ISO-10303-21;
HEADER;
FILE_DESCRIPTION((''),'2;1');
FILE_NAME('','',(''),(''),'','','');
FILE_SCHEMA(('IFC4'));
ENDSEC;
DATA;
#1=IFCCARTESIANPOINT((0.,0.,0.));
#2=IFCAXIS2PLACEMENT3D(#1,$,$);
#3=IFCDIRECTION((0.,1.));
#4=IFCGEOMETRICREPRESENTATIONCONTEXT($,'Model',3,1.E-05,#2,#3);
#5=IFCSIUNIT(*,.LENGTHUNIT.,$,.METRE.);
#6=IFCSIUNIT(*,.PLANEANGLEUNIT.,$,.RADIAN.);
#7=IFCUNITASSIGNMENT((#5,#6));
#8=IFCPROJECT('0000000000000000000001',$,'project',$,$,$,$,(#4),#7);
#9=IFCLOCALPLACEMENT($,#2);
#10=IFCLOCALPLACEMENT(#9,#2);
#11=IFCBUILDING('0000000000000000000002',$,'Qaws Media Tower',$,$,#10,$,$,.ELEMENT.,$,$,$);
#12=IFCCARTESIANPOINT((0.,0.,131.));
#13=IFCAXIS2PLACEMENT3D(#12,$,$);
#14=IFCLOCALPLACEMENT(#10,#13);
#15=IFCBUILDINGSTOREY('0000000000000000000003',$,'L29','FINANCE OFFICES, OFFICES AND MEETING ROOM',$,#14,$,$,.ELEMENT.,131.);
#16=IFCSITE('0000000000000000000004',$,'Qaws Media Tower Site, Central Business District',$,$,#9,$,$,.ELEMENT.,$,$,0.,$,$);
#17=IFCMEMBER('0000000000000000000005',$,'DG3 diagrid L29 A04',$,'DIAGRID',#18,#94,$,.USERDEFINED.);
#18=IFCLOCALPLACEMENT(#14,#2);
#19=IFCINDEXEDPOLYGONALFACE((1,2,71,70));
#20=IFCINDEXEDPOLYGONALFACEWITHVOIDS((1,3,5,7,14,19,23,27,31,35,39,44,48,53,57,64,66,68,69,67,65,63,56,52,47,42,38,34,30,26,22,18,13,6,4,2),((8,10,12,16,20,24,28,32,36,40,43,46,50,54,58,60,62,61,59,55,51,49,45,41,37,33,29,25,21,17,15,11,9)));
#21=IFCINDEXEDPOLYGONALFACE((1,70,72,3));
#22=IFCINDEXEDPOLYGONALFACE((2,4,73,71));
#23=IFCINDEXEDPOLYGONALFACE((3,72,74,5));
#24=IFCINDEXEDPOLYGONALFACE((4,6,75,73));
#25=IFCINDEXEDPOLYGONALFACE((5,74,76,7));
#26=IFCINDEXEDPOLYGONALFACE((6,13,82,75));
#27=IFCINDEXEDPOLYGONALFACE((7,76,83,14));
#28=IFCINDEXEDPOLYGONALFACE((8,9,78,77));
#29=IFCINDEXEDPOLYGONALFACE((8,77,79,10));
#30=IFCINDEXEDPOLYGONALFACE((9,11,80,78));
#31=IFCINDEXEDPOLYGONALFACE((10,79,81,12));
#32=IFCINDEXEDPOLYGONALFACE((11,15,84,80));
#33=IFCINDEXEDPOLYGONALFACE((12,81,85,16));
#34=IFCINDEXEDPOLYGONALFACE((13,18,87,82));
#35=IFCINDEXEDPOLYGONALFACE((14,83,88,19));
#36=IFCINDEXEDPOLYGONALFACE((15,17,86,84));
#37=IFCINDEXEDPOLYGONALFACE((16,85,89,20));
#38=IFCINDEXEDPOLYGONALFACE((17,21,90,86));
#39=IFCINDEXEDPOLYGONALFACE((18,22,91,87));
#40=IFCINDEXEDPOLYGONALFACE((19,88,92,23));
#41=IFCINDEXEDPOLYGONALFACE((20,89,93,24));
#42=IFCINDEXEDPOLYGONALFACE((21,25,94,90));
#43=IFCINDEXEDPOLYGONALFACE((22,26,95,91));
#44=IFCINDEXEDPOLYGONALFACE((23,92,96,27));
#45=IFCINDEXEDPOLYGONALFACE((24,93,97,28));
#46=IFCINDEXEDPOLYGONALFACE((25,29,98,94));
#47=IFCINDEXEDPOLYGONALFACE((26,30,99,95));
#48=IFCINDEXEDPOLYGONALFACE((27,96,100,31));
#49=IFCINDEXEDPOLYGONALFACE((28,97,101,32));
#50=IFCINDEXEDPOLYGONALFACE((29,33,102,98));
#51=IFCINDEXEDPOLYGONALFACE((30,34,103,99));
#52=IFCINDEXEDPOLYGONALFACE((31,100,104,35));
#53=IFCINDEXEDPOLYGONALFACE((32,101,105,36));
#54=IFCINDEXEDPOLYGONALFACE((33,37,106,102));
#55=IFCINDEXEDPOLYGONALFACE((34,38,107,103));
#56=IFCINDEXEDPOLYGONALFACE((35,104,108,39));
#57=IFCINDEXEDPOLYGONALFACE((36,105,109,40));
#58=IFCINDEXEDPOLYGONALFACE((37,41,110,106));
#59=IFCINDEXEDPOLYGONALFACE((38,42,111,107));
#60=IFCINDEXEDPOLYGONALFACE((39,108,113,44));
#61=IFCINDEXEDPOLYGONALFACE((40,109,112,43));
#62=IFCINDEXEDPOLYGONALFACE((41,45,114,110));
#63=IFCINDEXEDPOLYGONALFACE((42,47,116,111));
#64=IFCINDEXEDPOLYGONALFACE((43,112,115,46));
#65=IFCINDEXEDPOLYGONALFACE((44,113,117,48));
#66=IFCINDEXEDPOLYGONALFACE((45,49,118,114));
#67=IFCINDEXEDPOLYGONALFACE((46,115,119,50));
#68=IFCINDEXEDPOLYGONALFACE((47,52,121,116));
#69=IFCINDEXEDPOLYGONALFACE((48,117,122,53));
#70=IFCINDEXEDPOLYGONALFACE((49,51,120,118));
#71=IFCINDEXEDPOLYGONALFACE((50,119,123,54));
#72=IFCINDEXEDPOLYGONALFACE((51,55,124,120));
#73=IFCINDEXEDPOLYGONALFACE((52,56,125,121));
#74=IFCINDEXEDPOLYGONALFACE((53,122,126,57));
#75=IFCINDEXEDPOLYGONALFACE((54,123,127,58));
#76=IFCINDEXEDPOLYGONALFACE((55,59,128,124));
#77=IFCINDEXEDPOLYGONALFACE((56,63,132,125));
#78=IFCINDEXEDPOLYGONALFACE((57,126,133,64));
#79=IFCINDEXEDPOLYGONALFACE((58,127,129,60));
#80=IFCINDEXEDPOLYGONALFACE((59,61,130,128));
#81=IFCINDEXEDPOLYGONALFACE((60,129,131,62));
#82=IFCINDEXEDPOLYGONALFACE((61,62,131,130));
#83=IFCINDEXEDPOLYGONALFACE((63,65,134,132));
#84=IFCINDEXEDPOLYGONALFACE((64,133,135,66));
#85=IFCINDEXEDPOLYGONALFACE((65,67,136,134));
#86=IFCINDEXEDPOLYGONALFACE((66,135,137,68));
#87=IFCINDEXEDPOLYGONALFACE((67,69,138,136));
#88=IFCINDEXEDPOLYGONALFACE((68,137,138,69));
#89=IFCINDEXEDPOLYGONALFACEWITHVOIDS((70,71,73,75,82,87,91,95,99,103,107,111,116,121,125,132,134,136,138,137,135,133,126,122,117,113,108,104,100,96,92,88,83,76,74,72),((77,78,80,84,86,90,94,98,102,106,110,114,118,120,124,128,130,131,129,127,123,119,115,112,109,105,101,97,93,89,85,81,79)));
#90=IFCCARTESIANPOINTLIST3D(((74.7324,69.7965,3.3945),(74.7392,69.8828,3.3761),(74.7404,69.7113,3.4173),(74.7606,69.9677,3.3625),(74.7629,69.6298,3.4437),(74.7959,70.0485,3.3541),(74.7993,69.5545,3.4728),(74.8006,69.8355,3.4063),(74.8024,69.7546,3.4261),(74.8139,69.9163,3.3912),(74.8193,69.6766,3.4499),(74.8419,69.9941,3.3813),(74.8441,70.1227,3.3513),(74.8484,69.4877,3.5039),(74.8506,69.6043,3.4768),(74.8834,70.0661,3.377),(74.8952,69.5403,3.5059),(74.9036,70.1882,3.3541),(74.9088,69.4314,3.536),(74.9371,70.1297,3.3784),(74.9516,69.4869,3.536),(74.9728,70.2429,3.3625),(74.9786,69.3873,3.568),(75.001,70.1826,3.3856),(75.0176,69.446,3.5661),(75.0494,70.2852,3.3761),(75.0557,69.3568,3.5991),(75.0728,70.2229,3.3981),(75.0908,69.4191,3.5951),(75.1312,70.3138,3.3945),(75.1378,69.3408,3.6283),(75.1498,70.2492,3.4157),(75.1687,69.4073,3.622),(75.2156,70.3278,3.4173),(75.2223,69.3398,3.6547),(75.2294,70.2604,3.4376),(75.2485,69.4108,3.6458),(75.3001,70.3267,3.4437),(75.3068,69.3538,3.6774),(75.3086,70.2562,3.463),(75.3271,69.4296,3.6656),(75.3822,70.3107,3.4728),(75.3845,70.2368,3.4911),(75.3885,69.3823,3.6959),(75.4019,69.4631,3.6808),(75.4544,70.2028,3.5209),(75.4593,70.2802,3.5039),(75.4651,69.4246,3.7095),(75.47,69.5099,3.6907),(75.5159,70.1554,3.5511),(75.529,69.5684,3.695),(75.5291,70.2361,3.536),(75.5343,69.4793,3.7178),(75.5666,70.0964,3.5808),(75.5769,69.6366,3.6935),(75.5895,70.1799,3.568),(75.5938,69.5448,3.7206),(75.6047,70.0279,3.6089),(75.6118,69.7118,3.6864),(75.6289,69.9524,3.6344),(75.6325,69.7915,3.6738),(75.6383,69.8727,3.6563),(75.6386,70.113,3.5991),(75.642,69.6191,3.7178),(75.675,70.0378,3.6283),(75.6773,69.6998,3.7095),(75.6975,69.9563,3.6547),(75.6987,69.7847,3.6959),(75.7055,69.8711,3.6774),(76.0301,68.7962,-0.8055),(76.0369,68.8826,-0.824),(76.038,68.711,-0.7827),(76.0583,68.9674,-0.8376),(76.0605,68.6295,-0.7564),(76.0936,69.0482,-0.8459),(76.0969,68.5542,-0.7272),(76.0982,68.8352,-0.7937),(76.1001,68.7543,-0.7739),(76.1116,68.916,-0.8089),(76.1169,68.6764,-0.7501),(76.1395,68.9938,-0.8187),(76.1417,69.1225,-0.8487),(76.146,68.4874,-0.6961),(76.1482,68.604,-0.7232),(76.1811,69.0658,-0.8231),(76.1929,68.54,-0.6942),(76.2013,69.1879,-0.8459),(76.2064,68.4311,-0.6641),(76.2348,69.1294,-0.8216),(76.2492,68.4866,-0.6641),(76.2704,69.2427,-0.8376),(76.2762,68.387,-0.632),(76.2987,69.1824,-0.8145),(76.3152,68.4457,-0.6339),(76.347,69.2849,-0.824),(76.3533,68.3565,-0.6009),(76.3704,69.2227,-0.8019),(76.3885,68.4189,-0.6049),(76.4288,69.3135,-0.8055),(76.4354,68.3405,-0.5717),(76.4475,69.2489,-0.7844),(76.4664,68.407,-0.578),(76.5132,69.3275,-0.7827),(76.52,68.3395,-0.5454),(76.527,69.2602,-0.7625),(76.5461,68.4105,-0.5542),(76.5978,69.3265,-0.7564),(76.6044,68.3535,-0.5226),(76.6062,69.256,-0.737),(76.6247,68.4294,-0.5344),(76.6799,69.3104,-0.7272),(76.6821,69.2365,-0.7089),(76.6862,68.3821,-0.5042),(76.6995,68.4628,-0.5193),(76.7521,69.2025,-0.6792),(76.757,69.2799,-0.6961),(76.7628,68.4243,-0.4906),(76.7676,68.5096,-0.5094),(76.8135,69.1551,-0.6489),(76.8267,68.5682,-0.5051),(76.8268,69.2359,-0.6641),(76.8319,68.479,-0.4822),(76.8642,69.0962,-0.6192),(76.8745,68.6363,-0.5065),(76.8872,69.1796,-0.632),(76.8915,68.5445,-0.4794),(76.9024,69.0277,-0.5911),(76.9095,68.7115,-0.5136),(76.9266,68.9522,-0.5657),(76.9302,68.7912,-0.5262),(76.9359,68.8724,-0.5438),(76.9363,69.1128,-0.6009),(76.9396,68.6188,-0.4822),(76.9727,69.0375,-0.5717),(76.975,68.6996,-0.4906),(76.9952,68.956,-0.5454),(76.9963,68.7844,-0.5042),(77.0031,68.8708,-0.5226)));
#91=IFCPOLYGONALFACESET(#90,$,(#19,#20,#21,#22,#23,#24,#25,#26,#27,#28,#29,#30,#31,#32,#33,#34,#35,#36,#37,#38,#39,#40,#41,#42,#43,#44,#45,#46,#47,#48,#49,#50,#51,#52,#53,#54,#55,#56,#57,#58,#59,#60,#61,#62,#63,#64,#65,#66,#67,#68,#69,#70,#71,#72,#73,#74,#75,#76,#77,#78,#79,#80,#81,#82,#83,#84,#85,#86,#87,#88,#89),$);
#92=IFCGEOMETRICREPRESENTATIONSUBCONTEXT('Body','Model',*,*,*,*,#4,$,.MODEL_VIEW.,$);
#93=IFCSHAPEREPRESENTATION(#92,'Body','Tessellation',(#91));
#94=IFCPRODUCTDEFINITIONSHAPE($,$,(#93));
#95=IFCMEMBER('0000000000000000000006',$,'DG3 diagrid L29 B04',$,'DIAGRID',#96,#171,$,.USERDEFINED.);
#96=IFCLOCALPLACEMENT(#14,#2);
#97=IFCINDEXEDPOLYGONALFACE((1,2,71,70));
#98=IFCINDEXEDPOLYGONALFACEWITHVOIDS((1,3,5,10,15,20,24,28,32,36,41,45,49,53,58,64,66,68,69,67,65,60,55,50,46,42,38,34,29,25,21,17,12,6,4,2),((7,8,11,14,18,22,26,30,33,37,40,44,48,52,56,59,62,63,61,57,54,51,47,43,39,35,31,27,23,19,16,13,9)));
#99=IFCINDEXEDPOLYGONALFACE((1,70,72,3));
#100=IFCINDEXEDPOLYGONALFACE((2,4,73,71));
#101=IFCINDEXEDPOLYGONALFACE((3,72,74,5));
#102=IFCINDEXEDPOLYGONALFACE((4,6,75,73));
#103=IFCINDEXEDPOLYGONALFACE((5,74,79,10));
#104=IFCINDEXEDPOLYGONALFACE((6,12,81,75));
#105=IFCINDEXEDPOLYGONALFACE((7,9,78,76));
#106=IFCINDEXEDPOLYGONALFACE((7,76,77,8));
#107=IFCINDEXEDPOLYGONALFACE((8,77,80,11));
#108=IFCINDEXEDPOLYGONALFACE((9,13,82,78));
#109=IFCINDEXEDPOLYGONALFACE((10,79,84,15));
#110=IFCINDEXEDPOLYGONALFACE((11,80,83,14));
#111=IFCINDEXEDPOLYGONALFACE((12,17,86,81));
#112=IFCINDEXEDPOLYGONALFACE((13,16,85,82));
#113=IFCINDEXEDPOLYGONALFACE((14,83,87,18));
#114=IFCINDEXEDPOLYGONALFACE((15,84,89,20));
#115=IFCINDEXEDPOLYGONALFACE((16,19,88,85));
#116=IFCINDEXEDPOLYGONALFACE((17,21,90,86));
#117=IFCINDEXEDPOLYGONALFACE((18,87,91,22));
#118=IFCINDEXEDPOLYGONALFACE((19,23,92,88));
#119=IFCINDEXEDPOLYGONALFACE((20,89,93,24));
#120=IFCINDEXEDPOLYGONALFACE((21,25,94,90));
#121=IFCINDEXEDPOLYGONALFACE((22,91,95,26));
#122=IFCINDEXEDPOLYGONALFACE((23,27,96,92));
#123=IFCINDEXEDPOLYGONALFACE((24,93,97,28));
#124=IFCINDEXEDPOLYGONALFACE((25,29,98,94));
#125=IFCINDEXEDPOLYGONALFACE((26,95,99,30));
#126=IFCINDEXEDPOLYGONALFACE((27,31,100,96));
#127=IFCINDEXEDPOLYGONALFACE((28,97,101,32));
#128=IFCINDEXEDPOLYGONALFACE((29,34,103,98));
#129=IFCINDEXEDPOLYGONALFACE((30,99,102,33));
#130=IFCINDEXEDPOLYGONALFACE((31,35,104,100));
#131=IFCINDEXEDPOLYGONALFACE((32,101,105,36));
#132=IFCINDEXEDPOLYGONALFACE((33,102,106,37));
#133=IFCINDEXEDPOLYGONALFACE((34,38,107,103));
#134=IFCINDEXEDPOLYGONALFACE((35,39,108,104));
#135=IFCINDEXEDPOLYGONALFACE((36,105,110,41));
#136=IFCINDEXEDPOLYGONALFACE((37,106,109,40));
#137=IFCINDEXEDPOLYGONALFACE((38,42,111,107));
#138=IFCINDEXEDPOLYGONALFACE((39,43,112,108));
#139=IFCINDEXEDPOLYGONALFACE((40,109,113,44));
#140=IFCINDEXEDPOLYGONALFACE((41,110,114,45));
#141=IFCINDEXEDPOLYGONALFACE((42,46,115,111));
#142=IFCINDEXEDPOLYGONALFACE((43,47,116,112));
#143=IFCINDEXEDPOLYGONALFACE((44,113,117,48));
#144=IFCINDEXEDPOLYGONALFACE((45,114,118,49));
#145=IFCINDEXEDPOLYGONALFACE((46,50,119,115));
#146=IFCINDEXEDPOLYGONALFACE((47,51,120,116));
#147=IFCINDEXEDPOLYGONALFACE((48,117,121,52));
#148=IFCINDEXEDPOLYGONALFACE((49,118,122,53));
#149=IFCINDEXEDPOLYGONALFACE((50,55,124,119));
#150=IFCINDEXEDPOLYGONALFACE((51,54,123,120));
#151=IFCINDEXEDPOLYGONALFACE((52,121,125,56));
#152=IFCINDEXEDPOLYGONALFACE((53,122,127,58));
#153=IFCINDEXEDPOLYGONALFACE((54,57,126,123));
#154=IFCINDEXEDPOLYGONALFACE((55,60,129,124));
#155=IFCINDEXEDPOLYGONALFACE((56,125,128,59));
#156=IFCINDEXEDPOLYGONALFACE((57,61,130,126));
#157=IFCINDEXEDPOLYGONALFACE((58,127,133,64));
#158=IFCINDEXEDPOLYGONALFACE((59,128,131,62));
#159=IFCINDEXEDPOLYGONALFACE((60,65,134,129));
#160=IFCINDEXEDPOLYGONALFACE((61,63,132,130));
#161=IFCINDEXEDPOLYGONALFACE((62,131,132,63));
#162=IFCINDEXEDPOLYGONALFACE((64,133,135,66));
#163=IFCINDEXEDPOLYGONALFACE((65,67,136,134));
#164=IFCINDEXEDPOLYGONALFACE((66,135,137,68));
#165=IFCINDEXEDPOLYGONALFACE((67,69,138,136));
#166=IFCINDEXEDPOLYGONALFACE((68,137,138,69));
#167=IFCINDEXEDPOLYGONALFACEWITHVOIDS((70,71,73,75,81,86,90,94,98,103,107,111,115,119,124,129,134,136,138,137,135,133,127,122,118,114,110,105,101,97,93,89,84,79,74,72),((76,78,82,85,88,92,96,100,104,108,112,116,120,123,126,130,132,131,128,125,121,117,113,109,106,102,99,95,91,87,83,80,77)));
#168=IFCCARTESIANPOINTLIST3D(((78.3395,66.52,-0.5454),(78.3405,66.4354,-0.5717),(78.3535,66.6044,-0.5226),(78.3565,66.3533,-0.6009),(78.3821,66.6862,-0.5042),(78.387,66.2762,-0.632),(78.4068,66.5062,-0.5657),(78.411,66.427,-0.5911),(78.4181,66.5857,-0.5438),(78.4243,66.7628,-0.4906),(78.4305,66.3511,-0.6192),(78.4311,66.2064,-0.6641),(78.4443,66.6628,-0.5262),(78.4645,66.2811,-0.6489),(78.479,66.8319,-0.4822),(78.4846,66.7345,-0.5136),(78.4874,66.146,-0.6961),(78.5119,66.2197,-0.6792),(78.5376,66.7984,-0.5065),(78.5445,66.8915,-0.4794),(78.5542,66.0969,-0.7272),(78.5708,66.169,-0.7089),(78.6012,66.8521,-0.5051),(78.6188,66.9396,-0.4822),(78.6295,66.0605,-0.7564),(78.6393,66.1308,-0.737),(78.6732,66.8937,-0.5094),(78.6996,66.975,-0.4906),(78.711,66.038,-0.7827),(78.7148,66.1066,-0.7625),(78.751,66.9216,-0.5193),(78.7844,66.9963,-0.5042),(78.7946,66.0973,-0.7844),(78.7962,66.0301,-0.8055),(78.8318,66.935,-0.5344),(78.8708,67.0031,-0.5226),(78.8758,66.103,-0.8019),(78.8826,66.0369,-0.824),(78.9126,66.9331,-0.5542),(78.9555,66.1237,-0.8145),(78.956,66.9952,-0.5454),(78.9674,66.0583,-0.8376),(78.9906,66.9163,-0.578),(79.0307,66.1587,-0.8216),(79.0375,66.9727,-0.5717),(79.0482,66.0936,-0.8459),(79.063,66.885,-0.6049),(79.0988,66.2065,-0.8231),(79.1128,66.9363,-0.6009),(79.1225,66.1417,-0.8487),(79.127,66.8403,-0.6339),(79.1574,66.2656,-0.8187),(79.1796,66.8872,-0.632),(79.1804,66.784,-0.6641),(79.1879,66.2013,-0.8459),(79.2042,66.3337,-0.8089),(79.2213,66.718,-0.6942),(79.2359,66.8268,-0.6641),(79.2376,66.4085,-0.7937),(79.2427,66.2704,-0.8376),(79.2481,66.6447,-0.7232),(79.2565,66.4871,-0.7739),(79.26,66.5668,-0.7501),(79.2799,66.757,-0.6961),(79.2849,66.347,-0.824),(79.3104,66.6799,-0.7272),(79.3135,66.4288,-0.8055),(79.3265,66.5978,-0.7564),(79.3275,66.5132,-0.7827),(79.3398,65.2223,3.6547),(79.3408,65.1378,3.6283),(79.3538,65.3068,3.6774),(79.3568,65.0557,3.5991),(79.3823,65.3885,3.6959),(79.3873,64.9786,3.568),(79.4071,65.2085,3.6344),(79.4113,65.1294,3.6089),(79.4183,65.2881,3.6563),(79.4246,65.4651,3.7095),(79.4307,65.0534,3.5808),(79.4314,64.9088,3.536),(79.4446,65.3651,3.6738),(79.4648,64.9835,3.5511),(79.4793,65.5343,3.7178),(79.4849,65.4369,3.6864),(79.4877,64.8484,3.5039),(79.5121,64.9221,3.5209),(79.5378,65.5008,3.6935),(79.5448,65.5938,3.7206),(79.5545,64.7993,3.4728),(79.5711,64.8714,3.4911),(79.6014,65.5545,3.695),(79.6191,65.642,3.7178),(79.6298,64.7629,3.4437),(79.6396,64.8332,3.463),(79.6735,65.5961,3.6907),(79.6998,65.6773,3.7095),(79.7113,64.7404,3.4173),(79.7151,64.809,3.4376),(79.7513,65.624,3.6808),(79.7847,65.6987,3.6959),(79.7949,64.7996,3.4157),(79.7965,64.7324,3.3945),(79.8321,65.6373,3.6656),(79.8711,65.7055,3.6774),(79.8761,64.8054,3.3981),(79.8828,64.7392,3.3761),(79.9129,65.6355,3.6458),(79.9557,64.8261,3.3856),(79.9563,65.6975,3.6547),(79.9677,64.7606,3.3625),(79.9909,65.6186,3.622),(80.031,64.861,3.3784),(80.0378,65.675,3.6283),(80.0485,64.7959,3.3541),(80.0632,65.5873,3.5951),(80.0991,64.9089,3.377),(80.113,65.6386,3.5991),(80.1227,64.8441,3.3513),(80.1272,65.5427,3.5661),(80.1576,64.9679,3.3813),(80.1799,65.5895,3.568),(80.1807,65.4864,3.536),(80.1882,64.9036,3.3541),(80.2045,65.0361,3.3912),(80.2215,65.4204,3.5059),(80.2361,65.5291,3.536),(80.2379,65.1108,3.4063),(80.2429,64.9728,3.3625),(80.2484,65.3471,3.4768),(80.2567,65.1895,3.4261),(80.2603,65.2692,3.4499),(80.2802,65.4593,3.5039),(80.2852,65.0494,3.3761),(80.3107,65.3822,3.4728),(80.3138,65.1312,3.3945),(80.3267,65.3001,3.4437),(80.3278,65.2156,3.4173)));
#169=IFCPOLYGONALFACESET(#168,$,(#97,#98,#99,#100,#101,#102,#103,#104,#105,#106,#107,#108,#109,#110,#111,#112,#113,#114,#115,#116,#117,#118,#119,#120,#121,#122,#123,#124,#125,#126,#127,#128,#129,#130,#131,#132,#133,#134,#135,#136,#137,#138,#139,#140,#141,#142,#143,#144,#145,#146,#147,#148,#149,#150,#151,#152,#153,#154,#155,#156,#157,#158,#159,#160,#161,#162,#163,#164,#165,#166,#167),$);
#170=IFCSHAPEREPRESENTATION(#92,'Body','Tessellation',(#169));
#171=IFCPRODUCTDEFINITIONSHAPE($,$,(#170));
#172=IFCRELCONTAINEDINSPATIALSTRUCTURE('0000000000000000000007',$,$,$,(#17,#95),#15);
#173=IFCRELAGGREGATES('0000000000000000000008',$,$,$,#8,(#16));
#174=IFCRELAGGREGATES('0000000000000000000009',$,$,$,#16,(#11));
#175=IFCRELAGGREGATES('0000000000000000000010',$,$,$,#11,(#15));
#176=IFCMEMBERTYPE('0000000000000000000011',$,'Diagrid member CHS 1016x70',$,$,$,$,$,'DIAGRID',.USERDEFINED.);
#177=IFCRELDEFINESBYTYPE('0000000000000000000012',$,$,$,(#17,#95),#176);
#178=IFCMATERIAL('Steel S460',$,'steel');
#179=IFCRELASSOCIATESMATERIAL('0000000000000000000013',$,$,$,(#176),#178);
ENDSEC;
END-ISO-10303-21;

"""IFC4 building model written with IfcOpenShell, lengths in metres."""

from ifc_helpers import new_model, si_unit, direction, frame, origin, origin_2d, place, context, subcontext, project, spatial, hollow_circle, extrude, material, material_profile, profile_set, type_object, element, save


model = new_model("IFC4")

# Units and contexts
model_context = context("Model", 3, precision=1e-05, world=origin(), true_north=direction((0.0, 1.0)))
body_context = subcontext(model_context, "Body", "Model", "MODEL_VIEW")
ifc_project = project(units=[si_unit("LENGTHUNIT", "METRE"), si_unit("PLANEANGLEUNIT", "RADIAN")], contexts=[model_context])

# Site, building, storey
site_placement = place(None, origin())
site = spatial("IfcSite", under=ifc_project, at=site_placement, Name="Qaws Media Tower Site, Central Business District", CompositionType="ELEMENT", RefElevation=0.0)
building_placement = place(site_placement, origin())
building = spatial("IfcBuilding", under=site, at=building_placement, Name="Qaws Media Tower", CompositionType="ELEMENT")
storey_placement = place(building_placement, frame((0.0, 0.0, 131.0)))
storey = spatial("IfcBuildingStorey", under=building, at=storey_placement, Name="L29", Description="FINANCE OFFICES, OFFICES AND MEETING ROOM", CompositionType="ELEMENT", Elevation=131.0)

# Members
ifc_material_1 = material(Name="Steel S460", Category="steel")
ifc_material_profile_1 = material_profile(ifc_material_1, hollow_circle(Radius=0.5081, WallThickness=0.0701, at=origin_2d()), Name="CHS 1016x70")
ifc_profile_set_1 = profile_set([ifc_material_profile_1], Name="Steel S460")
member_type_1 = type_object("IfcMemberType", Name="Diagrid member CHS 1016x70", ElementType="DIAGRID", PredefinedType="USERDEFINED", material=ifc_profile_set_1)
for number, where, z_axis, x_axis, name in (
    (1, (76.5166, 68.8335, -0.6641), (-0.287833, 0.221872, 0.931625), (-0.61051, -0.792009, 0.0), "DG3 diagrid L29 A04"),
    (2, (78.8335, 66.5166, -0.6641), (0.221872, -0.287833, 0.931625), (0.792009, 0.61051, 0.0), "DG3 diagrid L29 B04"),
):
    element("IfcMember", number, at=place(storey_placement, frame(where, z_axis=z_axis, x_axis=x_axis)), inside=storey, type_object=member_type_1, Name=name, ObjectType="DIAGRID", PredefinedType="USERDEFINED", context=body_context, shape_type="SweptSolid", body=[
        extrude(hollow_circle(Radius=0.5081, WallThickness=0.0701, at=origin_2d()), origin(), (0.0, 0.0, 1.0), 4.5083),
    ])

save(model, "model.ifc")
